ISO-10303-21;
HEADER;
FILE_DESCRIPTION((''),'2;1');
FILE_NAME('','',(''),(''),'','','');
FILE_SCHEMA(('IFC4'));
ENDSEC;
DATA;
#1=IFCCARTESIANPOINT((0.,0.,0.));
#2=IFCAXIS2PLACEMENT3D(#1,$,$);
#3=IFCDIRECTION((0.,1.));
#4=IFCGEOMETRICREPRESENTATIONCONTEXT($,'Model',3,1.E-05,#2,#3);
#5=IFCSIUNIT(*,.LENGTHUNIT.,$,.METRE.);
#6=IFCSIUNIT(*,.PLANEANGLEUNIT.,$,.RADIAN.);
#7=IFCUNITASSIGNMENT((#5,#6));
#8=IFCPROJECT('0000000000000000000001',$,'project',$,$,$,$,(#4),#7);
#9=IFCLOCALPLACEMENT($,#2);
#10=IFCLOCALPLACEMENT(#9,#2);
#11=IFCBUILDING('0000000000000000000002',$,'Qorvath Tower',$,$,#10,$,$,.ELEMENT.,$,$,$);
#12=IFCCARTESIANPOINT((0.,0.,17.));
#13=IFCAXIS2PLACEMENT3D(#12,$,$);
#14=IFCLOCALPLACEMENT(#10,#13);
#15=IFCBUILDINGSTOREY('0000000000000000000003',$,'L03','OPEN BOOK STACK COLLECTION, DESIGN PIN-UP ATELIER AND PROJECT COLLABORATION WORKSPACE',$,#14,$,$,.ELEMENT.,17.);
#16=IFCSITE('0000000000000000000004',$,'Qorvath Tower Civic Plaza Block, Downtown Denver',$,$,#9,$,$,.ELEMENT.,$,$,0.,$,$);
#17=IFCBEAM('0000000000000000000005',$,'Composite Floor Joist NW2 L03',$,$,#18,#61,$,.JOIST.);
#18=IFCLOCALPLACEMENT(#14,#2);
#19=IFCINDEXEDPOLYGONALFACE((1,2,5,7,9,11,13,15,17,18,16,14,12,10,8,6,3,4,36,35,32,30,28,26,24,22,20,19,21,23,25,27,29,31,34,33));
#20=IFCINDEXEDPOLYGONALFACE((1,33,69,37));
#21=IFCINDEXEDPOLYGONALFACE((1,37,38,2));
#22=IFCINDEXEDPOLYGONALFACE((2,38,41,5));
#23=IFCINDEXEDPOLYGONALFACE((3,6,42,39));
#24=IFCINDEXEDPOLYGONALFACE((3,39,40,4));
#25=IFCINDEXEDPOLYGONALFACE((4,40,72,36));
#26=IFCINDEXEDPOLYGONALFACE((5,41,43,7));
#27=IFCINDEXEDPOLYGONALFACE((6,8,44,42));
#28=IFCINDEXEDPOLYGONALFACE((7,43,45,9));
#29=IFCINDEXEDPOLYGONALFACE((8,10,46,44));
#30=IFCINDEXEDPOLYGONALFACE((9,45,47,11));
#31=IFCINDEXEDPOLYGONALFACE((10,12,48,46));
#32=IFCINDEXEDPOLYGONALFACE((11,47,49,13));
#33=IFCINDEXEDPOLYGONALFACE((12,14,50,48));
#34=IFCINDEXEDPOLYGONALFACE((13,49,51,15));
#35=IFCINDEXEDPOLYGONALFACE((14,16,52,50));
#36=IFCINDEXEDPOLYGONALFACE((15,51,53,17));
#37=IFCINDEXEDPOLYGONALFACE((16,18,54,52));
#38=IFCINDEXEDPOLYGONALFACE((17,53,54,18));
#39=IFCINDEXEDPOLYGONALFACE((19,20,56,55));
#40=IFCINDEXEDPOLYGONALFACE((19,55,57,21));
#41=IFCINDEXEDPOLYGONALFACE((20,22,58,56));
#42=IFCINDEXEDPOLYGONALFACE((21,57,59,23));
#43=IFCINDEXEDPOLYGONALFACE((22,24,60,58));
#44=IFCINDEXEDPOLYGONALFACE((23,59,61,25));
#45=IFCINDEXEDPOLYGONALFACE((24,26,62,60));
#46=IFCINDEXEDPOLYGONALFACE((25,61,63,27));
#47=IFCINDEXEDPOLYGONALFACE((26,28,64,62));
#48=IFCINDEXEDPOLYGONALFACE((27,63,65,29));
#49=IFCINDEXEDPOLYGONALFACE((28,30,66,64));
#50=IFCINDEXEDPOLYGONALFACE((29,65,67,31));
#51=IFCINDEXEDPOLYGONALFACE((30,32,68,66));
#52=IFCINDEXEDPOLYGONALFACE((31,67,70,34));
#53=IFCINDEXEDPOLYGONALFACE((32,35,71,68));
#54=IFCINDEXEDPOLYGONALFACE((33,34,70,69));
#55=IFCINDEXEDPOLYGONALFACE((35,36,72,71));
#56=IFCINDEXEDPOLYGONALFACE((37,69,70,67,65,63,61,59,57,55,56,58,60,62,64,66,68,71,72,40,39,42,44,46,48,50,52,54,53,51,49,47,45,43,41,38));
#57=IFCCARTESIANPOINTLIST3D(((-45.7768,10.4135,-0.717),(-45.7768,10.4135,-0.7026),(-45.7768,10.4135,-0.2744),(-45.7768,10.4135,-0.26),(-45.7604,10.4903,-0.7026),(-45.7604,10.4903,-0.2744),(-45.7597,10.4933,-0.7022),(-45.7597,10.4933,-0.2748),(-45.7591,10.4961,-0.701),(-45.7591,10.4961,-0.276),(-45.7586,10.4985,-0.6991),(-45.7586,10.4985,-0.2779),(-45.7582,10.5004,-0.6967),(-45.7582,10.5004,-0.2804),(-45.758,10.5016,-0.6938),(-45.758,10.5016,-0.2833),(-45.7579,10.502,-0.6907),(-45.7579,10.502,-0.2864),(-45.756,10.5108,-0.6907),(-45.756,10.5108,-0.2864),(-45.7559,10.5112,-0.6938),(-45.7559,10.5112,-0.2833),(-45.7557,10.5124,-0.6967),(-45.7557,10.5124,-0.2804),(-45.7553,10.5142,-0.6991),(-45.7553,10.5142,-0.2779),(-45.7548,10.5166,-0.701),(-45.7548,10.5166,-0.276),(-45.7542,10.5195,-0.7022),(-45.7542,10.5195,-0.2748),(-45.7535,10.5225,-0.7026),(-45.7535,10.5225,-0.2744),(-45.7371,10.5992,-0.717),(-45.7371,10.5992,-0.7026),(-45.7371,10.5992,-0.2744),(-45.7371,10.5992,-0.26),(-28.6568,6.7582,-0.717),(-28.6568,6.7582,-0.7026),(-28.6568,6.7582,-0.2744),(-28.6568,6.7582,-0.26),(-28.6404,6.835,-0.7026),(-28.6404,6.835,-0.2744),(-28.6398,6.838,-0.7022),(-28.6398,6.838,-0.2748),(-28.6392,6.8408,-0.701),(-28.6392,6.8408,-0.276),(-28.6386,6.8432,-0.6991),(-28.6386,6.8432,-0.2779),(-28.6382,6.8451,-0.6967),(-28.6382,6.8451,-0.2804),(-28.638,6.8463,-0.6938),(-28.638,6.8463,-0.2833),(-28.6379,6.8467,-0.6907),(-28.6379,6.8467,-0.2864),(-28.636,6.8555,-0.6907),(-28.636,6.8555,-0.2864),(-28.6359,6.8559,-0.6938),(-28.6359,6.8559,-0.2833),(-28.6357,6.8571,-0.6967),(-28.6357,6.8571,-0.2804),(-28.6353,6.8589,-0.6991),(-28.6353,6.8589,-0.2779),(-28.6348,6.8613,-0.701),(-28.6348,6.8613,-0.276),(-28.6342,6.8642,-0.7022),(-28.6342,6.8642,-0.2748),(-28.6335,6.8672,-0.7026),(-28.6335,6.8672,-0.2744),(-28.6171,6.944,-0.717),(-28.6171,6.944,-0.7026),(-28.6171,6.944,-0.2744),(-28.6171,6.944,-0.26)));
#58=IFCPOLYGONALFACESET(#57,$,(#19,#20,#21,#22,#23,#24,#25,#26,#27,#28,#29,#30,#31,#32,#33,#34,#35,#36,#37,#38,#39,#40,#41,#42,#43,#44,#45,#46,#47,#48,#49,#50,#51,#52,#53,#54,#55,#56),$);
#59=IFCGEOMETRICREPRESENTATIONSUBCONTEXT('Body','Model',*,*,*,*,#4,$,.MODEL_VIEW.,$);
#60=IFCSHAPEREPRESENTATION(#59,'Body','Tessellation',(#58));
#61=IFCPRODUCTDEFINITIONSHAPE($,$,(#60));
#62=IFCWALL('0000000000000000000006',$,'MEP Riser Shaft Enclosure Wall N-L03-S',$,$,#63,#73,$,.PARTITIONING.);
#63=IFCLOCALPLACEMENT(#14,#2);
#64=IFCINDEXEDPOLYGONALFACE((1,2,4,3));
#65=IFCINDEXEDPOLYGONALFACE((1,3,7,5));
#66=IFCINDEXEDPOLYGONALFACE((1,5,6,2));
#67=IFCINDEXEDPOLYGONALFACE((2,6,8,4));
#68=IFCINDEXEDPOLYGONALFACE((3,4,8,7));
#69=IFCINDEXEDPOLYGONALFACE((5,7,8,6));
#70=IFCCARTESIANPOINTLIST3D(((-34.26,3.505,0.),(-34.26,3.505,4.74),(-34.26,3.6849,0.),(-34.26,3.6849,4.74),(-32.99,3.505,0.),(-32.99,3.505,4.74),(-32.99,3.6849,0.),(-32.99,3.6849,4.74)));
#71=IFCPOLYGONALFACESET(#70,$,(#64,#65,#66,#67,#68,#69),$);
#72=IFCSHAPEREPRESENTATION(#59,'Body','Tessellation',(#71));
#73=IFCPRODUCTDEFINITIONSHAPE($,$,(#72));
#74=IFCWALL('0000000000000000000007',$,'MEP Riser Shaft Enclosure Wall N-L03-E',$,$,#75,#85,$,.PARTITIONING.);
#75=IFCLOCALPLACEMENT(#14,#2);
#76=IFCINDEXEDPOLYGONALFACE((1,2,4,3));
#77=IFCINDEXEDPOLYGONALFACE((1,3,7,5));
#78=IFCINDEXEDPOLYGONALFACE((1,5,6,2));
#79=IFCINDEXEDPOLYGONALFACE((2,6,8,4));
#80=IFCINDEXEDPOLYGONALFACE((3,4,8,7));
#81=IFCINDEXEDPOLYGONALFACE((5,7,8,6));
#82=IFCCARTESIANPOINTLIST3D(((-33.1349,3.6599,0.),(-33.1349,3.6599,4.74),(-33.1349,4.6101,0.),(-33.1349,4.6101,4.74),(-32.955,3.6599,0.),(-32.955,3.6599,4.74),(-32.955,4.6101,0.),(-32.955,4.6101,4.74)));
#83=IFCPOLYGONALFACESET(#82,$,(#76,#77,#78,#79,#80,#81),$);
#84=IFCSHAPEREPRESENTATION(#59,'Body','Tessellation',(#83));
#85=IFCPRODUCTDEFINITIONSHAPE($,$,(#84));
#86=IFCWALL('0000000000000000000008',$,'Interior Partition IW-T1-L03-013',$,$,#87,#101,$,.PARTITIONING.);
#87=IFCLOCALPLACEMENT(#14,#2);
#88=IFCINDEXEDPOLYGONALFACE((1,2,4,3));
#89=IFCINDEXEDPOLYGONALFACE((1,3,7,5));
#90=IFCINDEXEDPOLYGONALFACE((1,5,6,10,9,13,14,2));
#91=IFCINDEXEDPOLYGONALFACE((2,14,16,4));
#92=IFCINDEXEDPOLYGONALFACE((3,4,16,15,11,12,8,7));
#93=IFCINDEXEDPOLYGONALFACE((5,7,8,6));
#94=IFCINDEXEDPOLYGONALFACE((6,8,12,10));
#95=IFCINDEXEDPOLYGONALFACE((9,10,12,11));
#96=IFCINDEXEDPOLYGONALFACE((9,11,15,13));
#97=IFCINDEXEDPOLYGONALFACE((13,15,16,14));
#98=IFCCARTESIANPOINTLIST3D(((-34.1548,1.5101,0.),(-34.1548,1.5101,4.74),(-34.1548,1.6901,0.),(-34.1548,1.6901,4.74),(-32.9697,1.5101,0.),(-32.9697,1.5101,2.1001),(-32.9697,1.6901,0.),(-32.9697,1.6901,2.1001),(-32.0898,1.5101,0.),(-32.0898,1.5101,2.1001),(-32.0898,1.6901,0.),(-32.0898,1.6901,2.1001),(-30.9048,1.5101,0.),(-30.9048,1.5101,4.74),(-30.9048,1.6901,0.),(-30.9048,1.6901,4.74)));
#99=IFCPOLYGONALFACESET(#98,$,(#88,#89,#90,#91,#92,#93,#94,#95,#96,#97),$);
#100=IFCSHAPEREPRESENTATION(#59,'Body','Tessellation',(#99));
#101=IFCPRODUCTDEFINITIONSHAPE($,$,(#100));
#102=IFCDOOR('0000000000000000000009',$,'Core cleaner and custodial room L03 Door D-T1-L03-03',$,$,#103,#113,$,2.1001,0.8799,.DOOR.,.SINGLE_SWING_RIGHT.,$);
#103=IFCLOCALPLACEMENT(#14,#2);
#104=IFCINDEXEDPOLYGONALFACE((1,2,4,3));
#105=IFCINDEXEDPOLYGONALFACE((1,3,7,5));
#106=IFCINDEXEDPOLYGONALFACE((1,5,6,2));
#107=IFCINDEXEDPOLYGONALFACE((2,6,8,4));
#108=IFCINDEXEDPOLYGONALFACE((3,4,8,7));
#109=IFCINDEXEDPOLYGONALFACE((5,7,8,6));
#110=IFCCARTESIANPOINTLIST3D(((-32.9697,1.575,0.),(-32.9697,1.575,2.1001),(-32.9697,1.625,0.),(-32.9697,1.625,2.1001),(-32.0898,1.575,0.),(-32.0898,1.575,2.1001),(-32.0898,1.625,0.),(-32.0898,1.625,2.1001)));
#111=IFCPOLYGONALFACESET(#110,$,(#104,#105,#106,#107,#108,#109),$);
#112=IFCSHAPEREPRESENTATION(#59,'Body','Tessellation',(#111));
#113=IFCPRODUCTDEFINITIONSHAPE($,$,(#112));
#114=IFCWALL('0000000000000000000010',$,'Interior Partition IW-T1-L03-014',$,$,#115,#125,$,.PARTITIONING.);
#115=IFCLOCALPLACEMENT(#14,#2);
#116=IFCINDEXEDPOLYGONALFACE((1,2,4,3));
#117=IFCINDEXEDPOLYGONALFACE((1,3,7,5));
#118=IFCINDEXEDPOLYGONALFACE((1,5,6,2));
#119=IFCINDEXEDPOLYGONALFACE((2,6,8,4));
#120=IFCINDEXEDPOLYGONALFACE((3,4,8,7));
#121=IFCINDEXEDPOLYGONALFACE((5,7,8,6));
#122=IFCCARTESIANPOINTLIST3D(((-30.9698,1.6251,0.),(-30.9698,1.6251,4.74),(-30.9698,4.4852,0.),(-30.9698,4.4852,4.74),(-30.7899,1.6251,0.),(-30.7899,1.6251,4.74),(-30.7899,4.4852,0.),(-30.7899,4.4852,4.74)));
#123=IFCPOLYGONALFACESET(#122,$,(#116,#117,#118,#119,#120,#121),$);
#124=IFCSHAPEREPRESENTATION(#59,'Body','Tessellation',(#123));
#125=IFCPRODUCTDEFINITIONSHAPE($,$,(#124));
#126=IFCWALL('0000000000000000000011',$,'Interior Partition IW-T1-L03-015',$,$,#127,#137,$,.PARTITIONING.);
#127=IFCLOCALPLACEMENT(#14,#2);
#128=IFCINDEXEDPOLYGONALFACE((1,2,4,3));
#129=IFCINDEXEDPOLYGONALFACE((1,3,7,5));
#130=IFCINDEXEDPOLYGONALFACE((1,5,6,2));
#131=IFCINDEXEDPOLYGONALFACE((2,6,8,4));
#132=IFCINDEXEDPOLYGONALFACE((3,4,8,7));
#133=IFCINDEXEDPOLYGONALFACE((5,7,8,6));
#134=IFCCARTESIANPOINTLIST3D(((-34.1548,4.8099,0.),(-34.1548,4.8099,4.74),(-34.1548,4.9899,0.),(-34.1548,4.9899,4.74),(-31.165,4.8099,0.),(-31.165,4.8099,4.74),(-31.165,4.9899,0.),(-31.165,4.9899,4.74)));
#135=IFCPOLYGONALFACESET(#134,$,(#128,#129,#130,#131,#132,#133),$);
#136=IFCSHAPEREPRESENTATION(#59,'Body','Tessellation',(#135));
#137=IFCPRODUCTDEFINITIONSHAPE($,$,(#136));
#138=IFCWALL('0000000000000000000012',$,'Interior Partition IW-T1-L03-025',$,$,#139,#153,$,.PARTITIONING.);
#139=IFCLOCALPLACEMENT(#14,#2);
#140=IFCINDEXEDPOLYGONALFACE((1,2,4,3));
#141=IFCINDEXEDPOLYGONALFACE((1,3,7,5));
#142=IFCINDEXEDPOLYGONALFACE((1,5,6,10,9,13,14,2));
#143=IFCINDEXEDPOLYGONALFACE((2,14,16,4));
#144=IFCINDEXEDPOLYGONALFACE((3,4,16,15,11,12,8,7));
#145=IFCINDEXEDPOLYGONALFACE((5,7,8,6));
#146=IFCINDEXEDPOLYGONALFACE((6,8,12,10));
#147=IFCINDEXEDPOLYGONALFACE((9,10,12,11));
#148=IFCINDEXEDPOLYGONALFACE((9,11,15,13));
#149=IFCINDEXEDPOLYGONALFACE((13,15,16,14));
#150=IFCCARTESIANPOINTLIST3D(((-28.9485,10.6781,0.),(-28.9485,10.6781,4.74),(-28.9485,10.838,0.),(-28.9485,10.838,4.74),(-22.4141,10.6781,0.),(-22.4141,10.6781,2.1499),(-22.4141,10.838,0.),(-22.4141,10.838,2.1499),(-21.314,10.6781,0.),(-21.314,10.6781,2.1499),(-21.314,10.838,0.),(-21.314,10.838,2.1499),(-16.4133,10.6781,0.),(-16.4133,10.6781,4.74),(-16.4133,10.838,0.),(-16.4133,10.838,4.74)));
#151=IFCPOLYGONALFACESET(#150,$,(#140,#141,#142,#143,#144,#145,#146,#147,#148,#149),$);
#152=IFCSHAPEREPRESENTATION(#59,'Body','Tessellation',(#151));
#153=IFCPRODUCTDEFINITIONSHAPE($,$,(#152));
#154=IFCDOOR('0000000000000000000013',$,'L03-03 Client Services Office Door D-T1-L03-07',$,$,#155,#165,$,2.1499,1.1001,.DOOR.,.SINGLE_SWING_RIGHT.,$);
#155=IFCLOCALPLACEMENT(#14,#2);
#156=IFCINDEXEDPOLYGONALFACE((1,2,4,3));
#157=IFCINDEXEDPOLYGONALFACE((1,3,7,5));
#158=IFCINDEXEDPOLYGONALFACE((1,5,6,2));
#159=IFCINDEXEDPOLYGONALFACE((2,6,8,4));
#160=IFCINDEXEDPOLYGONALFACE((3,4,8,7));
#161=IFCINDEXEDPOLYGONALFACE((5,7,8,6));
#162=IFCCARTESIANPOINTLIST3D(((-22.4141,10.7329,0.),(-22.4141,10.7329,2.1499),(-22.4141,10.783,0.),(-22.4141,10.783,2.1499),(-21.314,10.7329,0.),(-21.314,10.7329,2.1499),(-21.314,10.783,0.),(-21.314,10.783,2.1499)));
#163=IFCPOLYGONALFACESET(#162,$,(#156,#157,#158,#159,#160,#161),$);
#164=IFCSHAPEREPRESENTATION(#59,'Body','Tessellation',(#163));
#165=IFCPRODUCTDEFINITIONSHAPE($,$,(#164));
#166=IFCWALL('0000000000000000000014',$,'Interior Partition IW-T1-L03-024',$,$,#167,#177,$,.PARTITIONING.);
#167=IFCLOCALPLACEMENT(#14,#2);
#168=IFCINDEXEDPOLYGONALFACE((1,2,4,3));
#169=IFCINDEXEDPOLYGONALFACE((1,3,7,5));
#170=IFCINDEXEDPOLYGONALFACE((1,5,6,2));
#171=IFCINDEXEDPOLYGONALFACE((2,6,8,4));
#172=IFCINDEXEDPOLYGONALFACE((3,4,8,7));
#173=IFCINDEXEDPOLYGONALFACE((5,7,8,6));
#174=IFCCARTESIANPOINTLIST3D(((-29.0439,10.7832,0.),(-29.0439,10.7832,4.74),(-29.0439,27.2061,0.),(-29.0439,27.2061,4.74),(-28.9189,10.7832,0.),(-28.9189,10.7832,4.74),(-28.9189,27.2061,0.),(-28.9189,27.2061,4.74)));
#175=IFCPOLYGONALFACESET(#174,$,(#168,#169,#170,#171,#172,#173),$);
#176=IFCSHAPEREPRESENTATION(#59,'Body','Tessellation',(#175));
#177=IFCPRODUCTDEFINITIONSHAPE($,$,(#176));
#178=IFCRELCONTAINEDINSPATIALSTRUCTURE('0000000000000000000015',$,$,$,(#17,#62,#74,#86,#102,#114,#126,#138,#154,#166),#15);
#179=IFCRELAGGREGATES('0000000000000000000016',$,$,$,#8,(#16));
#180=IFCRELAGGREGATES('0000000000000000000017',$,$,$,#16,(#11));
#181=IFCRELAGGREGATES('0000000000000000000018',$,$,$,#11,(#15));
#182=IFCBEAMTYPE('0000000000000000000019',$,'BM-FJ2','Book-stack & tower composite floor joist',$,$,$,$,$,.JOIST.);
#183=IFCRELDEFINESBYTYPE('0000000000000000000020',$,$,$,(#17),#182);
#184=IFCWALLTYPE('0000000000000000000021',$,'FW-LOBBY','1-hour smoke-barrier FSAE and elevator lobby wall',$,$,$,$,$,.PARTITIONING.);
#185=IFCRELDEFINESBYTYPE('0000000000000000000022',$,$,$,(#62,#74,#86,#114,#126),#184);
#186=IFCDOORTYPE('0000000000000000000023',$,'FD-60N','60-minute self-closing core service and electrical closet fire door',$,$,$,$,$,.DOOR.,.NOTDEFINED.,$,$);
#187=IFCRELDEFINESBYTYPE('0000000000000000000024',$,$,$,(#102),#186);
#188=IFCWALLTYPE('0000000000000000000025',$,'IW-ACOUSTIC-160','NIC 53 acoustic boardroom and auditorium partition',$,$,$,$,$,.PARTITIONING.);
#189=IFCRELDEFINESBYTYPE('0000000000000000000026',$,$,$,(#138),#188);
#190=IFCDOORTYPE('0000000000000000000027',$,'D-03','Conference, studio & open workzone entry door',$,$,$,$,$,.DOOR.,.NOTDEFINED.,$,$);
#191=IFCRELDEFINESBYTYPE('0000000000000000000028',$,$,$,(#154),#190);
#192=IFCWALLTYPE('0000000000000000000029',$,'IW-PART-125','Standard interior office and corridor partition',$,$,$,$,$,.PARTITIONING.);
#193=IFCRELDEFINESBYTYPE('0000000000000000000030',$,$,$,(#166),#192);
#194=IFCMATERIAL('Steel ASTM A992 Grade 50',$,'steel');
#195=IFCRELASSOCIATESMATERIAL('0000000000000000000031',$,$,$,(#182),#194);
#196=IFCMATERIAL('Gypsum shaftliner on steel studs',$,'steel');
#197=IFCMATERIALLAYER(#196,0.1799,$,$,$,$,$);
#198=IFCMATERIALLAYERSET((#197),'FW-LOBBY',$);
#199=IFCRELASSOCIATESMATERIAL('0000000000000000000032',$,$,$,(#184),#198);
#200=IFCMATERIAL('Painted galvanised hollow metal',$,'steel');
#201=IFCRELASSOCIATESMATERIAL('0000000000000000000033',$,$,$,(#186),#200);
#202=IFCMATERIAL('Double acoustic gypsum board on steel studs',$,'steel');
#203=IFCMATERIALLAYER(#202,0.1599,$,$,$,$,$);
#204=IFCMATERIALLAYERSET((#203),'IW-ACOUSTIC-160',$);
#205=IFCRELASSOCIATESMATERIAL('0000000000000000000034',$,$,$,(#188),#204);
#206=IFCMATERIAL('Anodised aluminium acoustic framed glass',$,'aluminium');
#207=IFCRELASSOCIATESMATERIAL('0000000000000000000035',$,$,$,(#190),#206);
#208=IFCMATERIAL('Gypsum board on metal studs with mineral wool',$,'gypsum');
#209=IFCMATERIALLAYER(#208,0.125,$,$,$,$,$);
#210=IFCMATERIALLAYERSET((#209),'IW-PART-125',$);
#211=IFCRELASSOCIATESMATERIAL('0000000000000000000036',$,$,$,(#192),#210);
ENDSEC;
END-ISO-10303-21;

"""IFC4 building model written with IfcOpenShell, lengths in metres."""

from ifc_helpers import new_model, si_unit, direction, frame, frame_2d, origin, origin_2d, place, context, subcontext, project, spatial, rectangle, i_section, extrude, material, layer, layer_set, material_profile, profile_set, type_object, element, fill, save


model = new_model("IFC4")

# Units and contexts
model_context = context("Model", 3, precision=1e-05, world=origin(), true_north=direction((0.0, 1.0)))
body_context = subcontext(model_context, "Body", "Model", "MODEL_VIEW")
ifc_project = project(units=[si_unit("LENGTHUNIT", "METRE"), si_unit("PLANEANGLEUNIT", "RADIAN")], contexts=[model_context])

# Site, building, storey
site_placement = place(None, origin())
site = spatial("IfcSite", under=ifc_project, at=site_placement, Name="Qorvath Tower Civic Plaza Block, Downtown Denver", CompositionType="ELEMENT", RefElevation=0.0)
building_placement = place(site_placement, origin())
building = spatial("IfcBuilding", under=site, at=building_placement, Name="Qorvath Tower", CompositionType="ELEMENT")
storey_placement = place(building_placement, frame((0.0, 0.0, 17.0)))
storey = spatial("IfcBuildingStorey", under=building, at=storey_placement, Name="L03", Description="OPEN BOOK STACK COLLECTION, DESIGN PIN-UP ATELIER AND PROJECT COLLABORATION WORKSPACE", CompositionType="ELEMENT", Elevation=17.0)

# Beam
ifc_material_1 = material(Name="Steel ASTM A992 Grade 50", Category="steel")
ifc_material_profile_1 = material_profile(ifc_material_1, i_section(OverallWidth=0.1899, OverallDepth=0.457, WebThickness=0.009, FlangeThickness=0.0144, FilletRadius=0.012, at=origin_2d()), Name="W18x50")
ifc_profile_set_1 = profile_set([ifc_material_profile_1], Name="Steel ASTM A992 Grade 50")
beam_type_1 = type_object("IfcBeamType", Name="BM-FJ2", Description="Book-stack & tower composite floor joist", PredefinedType="JOIST", material=ifc_profile_set_1)
beam_1_placement = place(storey_placement, frame((-28.637, 6.8511, -0.4885), z_axis=(-0.977957, 0.208804, 0.0), x_axis=(-0.208804, -0.977957, 0.0)))
element("IfcBeam", 1, at=beam_1_placement, inside=storey, type_object=beam_type_1, Name="Composite Floor Joist NW2 L03", PredefinedType="JOIST", context=body_context, shape_type="SweptSolid", body=[
    extrude(i_section(OverallWidth=0.1899, OverallDepth=0.457, WebThickness=0.009, FlangeThickness=0.0144, FilletRadius=0.012, at=origin_2d()), origin(), (0.0, 0.0, 1.0), 17.5059),
])

# Walls
ifc_material_2 = material(Name="Gypsum shaftliner on steel studs", Category="steel")
ifc_layer_1 = layer(ifc_material_2, 0.1799)
ifc_layer_set_1 = layer_set([ifc_layer_1], Name="FW-LOBBY")
wall_type_1 = type_object("IfcWallType", Name="FW-LOBBY", Description="1-hour smoke-barrier FSAE and elevator lobby wall", PredefinedType="PARTITIONING", material=ifc_layer_set_1)
wall_1_placement = place(storey_placement, frame((-32.99, 3.595, 0.0), z_axis=(0.0, 0.0, 1.0), x_axis=(-1.0, 0.0, 0.0)))
element("IfcWall", 2, at=wall_1_placement, inside=storey, type_object=wall_type_1, Name="MEP Riser Shaft Enclosure Wall N-L03-S", PredefinedType="PARTITIONING", context=body_context, shape_type="SweptSolid", body=[
    extrude(rectangle(XDim=1.27, YDim=0.1799, at=frame_2d((0.635, 0.0))), origin(), (0.0, 0.0, 1.0), 4.74),
])
wall_2_placement = place(storey_placement, frame((-33.0449, 4.6101, 0.0), z_axis=(0.0, 0.0, 1.0), x_axis=(0.0, -1.0, 0.0)))
element("IfcWall", 3, at=wall_2_placement, inside=storey, type_object=wall_type_1, Name="MEP Riser Shaft Enclosure Wall N-L03-E", PredefinedType="PARTITIONING", context=body_context, shape_type="SweptSolid", body=[
    extrude(rectangle(XDim=0.9502, YDim=0.1799, at=frame_2d((0.4751, 0.0))), origin(), (0.0, 0.0, 1.0), 4.74),
])

# Wall, opening, door
wall_3_placement = place(storey_placement, frame((-34.1548, 1.6001, 0.0), z_axis=(0.0, 0.0, 1.0), x_axis=(1.0, 0.0, 0.0)))
wall_3 = element("IfcWall", 4, at=wall_3_placement, inside=storey, type_object=wall_type_1, Name="Interior Partition IW-T1-L03-013", PredefinedType="PARTITIONING", context=body_context, shape_type="SweptSolid", body=[
    extrude(rectangle(XDim=3.25, YDim=0.1799, at=frame_2d((1.625, 0.0))), origin(), (0.0, 0.0, 1.0), 4.74),
])
opening_1_placement = place(wall_3_placement, frame((1.1851, 0.0, 0.0)))
opening_1 = element("IfcOpeningElement", 5, at=opening_1_placement, cuts=wall_3, PredefinedType="OPENING", context=body_context, shape_type="SweptSolid", body=[
    extrude(rectangle(XDim=0.8799, YDim=2.1001, at=frame_2d((0.4399, 1.05))), frame((0.0, 0.1001, 0.0), z_axis=(0.0, -1.0, 0.0), x_axis=(1.0, 0.0, 0.0)), (0.0, 0.0, 1.0), 0.2),
])
ifc_material_3 = material(Name="Painted galvanised hollow metal", Category="steel")
door_type_1 = type_object("IfcDoorType", Name="FD-60N", Description="60-minute self-closing core service and electrical closet fire door", OperationType="NOTDEFINED", PredefinedType="DOOR", material=ifc_material_3)
door_1_placement = place(opening_1_placement, origin())
door_1 = element("IfcDoor", 6, at=door_1_placement, inside=storey, type_object=door_type_1, Name="Core cleaner and custodial room L03 Door D-T1-L03-03", OperationType="SINGLE_SWING_RIGHT", OverallHeight=2.1001, OverallWidth=0.8799, PredefinedType="DOOR", context=body_context, shape_type="SweptSolid", body=[
    extrude(rectangle(XDim=0.8799, YDim=2.1001, at=frame_2d((0.4399, 1.05))), frame((0.0, 0.0249, 0.0), z_axis=(0.0, -1.0, 0.0), x_axis=(1.0, 0.0, 0.0)), (0.0, 0.0, 1.0), 0.05),
])
fill(opening_1, door_1)

# Walls
wall_4_placement = place(storey_placement, frame((-30.8799, 1.625, 0.0), z_axis=(0.0, 0.0, 1.0), x_axis=(0.0, 1.0, 0.0)))
element("IfcWall", 7, at=wall_4_placement, inside=storey, type_object=wall_type_1, Name="Interior Partition IW-T1-L03-014", PredefinedType="PARTITIONING", context=body_context, shape_type="SweptSolid", body=[
    extrude(rectangle(XDim=2.8601, YDim=0.1799, at=frame_2d((1.4302, 0.0))), origin(), (0.0, 0.0, 1.0), 4.74),
])
wall_5_placement = place(storey_placement, frame((-31.165, 4.8999, 0.0), z_axis=(0.0, 0.0, 1.0), x_axis=(-1.0, 0.0, 0.0)))
element("IfcWall", 8, at=wall_5_placement, inside=storey, type_object=wall_type_1, Name="Interior Partition IW-T1-L03-015", PredefinedType="PARTITIONING", context=body_context, shape_type="SweptSolid", body=[
    extrude(rectangle(XDim=2.9897, YDim=0.1799, at=frame_2d((1.4949, 0.0))), origin(), (0.0, 0.0, 1.0), 4.74),
])

# Wall, opening, door
ifc_material_4 = material(Name="Double acoustic gypsum board on steel studs", Category="steel")
ifc_layer_2 = layer(ifc_material_4, 0.1599)
ifc_layer_set_2 = layer_set([ifc_layer_2], Name="IW-ACOUSTIC-160")
wall_type_2 = type_object("IfcWallType", Name="IW-ACOUSTIC-160", Description="NIC 53 acoustic boardroom and auditorium partition", PredefinedType="PARTITIONING", material=ifc_layer_set_2)
wall_6_placement = place(storey_placement, frame((-28.9485, 10.7581, 0.0), z_axis=(0.0, 0.0, 1.0), x_axis=(1.0, 0.0, 0.0)))
wall_6 = element("IfcWall", 9, at=wall_6_placement, inside=storey, type_object=wall_type_2, Name="Interior Partition IW-T1-L03-025", PredefinedType="PARTITIONING", context=body_context, shape_type="SweptSolid", body=[
    extrude(rectangle(XDim=12.5352, YDim=0.1599, at=frame_2d((6.2676, 0.0))), origin(), (0.0, 0.0, 1.0), 4.74),
])
opening_2_placement = place(wall_6_placement, frame((6.5344, 0.0, 0.0)))
opening_2 = element("IfcOpeningElement", 10, at=opening_2_placement, cuts=wall_6, PredefinedType="OPENING", context=body_context, shape_type="SweptSolid", body=[
    extrude(rectangle(XDim=1.1001, YDim=2.1499, at=frame_2d((0.55, 1.075))), frame((0.0, 0.0898, 0.0), z_axis=(0.0, -1.0, 0.0), x_axis=(1.0, 0.0, 0.0)), (0.0, 0.0, 1.0), 0.1799),
])
ifc_material_5 = material(Name="Anodised aluminium acoustic framed glass", Category="aluminium")
door_type_2 = type_object("IfcDoorType", Name="D-03", Description="Conference, studio & open workzone entry door", OperationType="NOTDEFINED", PredefinedType="DOOR", material=ifc_material_5)
door_2_placement = place(opening_2_placement, origin())
door_2 = element("IfcDoor", 11, at=door_2_placement, inside=storey, type_object=door_type_2, Name="L03-03 Client Services Office Door D-T1-L03-07", OperationType="SINGLE_SWING_RIGHT", OverallHeight=2.1499, OverallWidth=1.1001, PredefinedType="DOOR", context=body_context, shape_type="SweptSolid", body=[
    extrude(rectangle(XDim=1.1001, YDim=2.1499, at=frame_2d((0.55, 1.075))), frame((0.0, 0.0249, 0.0), z_axis=(0.0, -1.0, 0.0), x_axis=(1.0, 0.0, 0.0)), (0.0, 0.0, 1.0), 0.05),
])
fill(opening_2, door_2)

# Wall
ifc_material_6 = material(Name="Gypsum board on metal studs with mineral wool", Category="gypsum")
ifc_layer_3 = layer(ifc_material_6, 0.125)
ifc_layer_set_3 = layer_set([ifc_layer_3], Name="IW-PART-125")
wall_type_3 = type_object("IfcWallType", Name="IW-PART-125", Description="Standard interior office and corridor partition", PredefinedType="PARTITIONING", material=ifc_layer_set_3)
wall_7_placement = place(storey_placement, frame((-28.9814, 10.7832, 0.0), z_axis=(0.0, 0.0, 1.0), x_axis=(0.0, 1.0, 0.0)))
element("IfcWall", 12, at=wall_7_placement, inside=storey, type_object=wall_type_3, Name="Interior Partition IW-T1-L03-024", PredefinedType="PARTITIONING", context=body_context, shape_type="SweptSolid", body=[
    extrude(rectangle(XDim=16.4229, YDim=0.125, at=frame_2d((8.2114, 0.0))), origin(), (0.0, 0.0, 1.0), 4.74),
])

save(model, "model.ifc")
